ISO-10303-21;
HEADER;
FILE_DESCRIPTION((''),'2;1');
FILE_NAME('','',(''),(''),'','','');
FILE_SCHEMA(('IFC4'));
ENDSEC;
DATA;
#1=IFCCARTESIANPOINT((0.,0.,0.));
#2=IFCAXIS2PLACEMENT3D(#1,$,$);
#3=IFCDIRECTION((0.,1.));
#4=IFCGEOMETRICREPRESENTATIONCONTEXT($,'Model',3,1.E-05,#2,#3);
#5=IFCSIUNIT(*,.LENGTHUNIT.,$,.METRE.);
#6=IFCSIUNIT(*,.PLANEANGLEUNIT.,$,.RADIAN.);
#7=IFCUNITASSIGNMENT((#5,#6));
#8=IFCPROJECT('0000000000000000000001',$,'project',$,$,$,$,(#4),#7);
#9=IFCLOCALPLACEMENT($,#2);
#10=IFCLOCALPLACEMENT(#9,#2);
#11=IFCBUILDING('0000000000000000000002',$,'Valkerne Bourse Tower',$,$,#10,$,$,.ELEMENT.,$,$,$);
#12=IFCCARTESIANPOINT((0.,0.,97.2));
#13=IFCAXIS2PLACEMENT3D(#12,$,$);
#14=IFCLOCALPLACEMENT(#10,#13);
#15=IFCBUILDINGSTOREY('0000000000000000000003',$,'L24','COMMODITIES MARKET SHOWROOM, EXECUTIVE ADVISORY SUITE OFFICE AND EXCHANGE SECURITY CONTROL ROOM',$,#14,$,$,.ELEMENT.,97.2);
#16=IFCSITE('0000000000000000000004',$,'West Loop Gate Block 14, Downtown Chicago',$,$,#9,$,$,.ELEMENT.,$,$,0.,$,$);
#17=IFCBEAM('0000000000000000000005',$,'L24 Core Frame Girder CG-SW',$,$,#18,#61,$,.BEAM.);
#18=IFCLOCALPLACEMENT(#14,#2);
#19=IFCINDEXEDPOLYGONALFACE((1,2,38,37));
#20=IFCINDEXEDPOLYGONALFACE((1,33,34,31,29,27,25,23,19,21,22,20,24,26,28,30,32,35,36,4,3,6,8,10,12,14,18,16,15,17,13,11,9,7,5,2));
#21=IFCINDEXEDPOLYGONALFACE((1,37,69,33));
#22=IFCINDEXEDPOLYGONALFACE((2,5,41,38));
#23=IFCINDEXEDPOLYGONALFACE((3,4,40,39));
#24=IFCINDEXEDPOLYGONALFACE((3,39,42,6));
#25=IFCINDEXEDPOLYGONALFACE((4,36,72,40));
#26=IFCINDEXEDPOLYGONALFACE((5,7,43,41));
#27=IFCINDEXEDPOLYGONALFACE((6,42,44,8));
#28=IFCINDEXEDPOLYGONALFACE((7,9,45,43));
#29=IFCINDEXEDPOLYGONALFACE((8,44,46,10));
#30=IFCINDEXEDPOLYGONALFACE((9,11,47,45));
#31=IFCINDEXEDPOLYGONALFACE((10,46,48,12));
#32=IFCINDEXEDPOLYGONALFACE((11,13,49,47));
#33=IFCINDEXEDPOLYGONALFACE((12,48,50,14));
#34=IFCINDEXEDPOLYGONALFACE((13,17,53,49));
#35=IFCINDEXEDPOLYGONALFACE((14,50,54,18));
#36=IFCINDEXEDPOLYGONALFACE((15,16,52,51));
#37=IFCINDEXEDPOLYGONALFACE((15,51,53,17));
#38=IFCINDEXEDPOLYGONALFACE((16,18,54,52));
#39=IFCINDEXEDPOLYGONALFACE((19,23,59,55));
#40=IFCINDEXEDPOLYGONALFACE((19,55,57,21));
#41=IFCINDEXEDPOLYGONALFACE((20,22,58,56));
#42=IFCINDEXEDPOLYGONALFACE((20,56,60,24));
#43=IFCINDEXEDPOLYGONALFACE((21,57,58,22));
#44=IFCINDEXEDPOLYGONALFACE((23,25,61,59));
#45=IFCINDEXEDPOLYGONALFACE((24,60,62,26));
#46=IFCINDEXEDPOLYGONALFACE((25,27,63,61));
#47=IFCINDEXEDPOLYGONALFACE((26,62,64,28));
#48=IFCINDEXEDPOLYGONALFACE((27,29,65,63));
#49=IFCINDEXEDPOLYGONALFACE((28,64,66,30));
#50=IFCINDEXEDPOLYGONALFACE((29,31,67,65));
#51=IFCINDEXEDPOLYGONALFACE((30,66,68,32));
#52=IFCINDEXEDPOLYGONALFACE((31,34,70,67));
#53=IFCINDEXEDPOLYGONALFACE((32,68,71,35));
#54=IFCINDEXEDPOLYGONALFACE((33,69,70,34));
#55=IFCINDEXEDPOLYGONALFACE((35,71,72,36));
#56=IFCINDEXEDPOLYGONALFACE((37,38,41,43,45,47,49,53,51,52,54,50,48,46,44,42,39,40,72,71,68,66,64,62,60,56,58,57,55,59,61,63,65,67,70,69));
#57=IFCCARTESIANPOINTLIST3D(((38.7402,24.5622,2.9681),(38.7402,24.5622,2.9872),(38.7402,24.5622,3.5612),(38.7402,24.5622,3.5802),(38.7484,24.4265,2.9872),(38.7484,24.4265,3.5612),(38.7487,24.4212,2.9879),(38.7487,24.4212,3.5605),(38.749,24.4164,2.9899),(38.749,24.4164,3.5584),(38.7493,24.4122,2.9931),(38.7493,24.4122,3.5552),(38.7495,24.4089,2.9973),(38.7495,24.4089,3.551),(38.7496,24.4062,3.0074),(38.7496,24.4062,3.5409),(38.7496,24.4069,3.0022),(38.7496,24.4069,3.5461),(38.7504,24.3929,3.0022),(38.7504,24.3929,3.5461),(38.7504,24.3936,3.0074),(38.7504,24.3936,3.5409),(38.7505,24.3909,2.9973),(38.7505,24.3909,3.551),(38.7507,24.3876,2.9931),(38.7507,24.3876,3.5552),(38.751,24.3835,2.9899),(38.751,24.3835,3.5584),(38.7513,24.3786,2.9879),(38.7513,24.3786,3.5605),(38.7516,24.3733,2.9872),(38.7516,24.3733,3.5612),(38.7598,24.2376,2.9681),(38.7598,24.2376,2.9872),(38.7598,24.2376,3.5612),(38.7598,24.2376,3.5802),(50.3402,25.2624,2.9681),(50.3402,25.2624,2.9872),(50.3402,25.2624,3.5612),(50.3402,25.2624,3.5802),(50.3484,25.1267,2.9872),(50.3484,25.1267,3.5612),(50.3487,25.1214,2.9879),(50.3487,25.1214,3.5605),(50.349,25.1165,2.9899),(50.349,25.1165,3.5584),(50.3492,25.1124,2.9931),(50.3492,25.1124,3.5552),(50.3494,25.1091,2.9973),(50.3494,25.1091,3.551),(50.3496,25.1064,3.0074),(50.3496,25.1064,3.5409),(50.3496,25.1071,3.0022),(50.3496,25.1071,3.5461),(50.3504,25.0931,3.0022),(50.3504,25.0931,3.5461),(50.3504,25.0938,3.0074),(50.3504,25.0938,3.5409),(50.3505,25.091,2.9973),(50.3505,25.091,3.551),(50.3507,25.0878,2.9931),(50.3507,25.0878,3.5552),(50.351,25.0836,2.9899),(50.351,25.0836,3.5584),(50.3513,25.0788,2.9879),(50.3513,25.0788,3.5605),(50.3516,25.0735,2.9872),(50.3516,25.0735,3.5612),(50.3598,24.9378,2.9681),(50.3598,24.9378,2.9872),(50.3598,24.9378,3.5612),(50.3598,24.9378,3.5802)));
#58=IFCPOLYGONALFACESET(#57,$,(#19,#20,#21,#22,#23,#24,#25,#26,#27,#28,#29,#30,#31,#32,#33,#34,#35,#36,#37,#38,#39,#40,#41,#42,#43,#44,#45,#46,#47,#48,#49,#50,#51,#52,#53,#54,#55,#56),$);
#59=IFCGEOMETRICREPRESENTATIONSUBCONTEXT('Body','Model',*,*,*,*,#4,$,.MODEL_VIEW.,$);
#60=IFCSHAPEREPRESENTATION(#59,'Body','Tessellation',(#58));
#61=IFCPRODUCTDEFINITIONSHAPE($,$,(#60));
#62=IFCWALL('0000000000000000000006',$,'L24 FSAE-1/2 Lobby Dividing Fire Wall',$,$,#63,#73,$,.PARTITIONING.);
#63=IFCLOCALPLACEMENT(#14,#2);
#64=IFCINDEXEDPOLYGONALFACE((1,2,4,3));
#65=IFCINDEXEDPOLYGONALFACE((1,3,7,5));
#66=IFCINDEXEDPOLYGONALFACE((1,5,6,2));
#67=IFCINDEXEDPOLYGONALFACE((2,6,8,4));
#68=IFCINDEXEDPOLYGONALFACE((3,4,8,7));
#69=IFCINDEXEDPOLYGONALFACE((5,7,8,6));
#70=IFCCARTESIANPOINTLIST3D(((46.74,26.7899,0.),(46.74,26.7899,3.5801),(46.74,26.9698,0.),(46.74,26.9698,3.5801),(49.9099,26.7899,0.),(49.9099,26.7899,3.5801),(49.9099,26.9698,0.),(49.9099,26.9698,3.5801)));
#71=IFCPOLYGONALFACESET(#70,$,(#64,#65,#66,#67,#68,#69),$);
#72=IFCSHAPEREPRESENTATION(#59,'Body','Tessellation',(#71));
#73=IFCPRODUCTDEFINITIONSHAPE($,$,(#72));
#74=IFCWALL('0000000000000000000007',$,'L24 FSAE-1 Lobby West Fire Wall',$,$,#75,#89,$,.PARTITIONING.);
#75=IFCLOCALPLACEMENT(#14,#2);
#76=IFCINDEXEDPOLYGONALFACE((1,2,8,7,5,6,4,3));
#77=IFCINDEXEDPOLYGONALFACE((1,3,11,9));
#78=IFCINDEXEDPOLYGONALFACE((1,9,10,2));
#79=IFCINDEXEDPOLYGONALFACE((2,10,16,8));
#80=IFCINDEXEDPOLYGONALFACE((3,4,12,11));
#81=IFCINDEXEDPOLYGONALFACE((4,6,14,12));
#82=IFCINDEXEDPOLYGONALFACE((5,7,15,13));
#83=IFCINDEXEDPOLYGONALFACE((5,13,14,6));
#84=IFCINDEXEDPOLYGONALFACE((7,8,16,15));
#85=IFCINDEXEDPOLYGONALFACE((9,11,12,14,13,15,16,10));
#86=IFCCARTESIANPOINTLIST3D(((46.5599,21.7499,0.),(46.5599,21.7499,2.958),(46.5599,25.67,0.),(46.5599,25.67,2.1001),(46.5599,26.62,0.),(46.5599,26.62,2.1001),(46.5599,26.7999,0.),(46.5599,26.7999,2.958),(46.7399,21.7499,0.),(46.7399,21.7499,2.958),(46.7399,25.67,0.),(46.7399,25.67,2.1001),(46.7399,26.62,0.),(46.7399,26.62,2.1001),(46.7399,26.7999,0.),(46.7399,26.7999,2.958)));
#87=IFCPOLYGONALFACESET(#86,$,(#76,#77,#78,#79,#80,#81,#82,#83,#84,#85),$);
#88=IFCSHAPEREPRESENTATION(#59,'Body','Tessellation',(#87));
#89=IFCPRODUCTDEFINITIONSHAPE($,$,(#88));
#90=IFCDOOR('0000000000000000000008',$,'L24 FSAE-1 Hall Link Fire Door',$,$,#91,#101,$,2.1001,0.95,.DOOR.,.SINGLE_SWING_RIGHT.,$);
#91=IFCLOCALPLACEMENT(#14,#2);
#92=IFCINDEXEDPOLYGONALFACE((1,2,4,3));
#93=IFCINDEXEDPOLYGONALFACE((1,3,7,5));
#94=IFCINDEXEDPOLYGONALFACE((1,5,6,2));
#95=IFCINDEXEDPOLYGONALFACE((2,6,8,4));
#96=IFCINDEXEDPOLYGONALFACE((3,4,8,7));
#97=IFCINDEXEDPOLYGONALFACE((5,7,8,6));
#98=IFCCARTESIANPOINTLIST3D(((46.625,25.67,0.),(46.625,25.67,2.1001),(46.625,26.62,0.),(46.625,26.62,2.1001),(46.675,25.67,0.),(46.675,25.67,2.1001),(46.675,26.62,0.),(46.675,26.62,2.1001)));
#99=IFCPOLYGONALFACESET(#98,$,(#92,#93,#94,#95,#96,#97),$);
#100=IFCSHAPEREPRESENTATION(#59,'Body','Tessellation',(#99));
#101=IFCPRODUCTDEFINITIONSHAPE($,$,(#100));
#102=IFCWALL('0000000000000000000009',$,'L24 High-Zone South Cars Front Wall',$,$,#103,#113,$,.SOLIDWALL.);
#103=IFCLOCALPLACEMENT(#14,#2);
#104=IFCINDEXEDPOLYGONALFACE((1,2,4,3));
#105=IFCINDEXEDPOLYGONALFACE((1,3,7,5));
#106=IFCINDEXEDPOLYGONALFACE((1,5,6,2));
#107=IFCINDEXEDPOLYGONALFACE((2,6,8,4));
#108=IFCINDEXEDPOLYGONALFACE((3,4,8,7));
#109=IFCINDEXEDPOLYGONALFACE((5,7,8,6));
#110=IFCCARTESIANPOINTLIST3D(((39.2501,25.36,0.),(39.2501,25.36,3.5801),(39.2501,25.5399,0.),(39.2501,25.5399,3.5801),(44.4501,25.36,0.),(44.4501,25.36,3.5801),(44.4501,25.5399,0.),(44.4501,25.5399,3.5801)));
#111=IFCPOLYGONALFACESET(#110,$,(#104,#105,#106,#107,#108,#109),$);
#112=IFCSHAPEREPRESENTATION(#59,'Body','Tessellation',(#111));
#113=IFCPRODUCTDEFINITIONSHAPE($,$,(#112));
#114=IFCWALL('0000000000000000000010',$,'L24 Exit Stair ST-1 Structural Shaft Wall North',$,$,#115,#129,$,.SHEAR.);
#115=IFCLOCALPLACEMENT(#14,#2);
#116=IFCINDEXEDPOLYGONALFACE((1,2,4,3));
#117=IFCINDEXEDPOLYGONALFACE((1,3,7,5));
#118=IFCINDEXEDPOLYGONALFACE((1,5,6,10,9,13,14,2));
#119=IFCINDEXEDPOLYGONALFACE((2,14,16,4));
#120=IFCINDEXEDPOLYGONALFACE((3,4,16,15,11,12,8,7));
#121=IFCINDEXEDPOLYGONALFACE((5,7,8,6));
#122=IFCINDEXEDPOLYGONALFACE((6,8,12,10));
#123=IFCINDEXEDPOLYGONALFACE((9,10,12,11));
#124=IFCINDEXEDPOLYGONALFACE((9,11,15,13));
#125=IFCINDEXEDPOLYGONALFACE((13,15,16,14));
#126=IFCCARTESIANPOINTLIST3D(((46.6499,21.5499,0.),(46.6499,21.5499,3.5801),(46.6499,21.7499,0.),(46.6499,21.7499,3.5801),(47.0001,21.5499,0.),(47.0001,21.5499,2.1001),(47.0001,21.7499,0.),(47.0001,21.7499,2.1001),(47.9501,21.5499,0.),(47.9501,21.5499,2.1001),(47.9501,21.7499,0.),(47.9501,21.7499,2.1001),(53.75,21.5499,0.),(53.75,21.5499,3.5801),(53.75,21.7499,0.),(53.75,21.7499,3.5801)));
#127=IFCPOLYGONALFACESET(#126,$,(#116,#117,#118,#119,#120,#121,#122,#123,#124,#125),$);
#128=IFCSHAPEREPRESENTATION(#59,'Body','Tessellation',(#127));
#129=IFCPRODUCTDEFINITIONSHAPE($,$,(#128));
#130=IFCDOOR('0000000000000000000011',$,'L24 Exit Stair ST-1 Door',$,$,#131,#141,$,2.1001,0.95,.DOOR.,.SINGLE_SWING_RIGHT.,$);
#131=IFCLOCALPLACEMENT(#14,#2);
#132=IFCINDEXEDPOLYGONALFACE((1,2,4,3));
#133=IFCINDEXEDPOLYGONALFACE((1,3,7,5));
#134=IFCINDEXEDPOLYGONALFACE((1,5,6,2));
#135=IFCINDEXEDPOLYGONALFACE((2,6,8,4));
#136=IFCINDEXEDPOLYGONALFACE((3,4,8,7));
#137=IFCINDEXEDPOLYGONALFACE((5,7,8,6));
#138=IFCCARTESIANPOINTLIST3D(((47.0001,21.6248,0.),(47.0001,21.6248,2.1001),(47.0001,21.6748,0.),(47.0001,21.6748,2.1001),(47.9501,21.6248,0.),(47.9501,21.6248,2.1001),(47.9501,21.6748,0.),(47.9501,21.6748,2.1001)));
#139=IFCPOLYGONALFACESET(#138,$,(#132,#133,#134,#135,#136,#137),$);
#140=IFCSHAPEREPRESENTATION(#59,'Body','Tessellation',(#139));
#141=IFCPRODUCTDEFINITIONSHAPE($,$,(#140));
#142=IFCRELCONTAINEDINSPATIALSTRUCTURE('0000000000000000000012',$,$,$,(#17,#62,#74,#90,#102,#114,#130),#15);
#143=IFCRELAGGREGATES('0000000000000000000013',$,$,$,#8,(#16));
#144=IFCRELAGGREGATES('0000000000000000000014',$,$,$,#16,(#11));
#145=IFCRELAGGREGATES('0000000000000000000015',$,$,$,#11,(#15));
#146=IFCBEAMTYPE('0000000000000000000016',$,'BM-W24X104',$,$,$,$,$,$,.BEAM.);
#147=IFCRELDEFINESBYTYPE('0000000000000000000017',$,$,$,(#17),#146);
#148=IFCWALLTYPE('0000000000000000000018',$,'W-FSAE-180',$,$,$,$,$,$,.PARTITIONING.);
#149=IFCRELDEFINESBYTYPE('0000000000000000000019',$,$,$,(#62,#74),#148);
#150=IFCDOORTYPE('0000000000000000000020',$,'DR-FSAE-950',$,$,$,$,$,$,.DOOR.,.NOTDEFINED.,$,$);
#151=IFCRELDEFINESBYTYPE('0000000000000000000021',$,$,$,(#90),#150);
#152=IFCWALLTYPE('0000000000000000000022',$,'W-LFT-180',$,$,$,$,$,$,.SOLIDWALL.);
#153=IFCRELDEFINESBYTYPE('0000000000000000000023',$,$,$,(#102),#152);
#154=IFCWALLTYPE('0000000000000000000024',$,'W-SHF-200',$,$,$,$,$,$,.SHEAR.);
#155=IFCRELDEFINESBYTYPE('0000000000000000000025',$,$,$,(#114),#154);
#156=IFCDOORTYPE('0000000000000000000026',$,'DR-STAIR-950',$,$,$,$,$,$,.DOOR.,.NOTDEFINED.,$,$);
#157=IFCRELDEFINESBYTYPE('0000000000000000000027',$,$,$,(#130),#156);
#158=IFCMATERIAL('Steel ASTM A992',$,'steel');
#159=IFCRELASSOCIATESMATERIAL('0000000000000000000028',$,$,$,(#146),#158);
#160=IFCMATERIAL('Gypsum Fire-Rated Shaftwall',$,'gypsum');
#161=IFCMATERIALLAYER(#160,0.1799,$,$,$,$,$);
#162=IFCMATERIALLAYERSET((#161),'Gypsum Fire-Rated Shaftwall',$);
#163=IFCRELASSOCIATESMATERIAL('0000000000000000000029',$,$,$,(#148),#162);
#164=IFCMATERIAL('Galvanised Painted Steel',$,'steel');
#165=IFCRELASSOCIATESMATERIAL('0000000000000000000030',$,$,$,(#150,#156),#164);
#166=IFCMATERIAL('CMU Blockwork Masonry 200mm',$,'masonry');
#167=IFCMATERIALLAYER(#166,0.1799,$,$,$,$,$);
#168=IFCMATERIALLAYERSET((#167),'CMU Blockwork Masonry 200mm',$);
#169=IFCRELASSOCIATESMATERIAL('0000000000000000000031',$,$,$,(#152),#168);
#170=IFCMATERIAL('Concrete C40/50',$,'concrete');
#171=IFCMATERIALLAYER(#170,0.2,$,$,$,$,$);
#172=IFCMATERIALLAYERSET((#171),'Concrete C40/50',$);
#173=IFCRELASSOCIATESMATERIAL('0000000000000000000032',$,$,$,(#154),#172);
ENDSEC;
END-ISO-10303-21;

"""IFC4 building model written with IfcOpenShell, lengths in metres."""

from ifc_helpers import new_model, si_unit, direction, frame, frame_2d, origin, origin_2d, place, context, subcontext, project, spatial, rectangle, i_section, extrude, material, layer, layer_set, material_profile, profile_set, type_object, element, fill, save


model = new_model("IFC4")

# Units and contexts
model_context = context("Model", 3, precision=1e-05, world=origin(), true_north=direction((0.0, 1.0)))
body_context = subcontext(model_context, "Body", "Model", "MODEL_VIEW")
ifc_project = project(units=[si_unit("LENGTHUNIT", "METRE"), si_unit("PLANEANGLEUNIT", "RADIAN")], contexts=[model_context])

# Site, building, storey
site_placement = place(None, origin())
site = spatial("IfcSite", under=ifc_project, at=site_placement, Name="West Loop Gate Block 14, Downtown Chicago", CompositionType="ELEMENT", RefElevation=0.0)
building_placement = place(site_placement, origin())
building = spatial("IfcBuilding", under=site, at=building_placement, Name="Valkerne Bourse Tower", CompositionType="ELEMENT")
storey_placement = place(building_placement, frame((0.0, 0.0, 97.2)))
storey = spatial("IfcBuildingStorey", under=building, at=storey_placement, Name="L24", Description="COMMODITIES MARKET SHOWROOM, EXECUTIVE ADVISORY SUITE OFFICE AND EXCHANGE SECURITY CONTROL ROOM", CompositionType="ELEMENT", Elevation=97.2)

# Beam
ifc_material_1 = material(Name="Steel ASTM A992", Category="steel")
ifc_material_profile = material_profile(ifc_material_1, i_section(OverallWidth=0.3252, OverallDepth=0.6121, WebThickness=0.0127, FlangeThickness=0.019, FilletRadius=0.0203, at=origin_2d()), Name="W24X104")
ifc_profile_set = profile_set([ifc_material_profile], Name="Steel ASTM A992")
beam_type = type_object("IfcBeamType", Name="BM-W24X104", PredefinedType="BEAM", material=ifc_profile_set)
beam_placement = place(storey_placement, frame((38.75, 24.3999, 3.2742), z_axis=(0.998183, 0.060251, 0.0), x_axis=(-0.060251, 0.998183, 0.0)))
element("IfcBeam", 1, at=beam_placement, inside=storey, type_object=beam_type, Name="L24 Core Frame Girder CG-SW", PredefinedType="BEAM", context=body_context, shape_type="SweptSolid", body=[
    extrude(i_section(OverallWidth=0.3252, OverallDepth=0.6121, WebThickness=0.0127, FlangeThickness=0.019, FilletRadius=0.0203, at=origin_2d()), origin(), (0.0, 0.0, 1.0), 11.6211),
])

# Wall
ifc_material_2 = material(Name="Gypsum Fire-Rated Shaftwall", Category="gypsum")
ifc_layer_1 = layer(ifc_material_2, 0.1799)
ifc_layer_set_1 = layer_set([ifc_layer_1], Name="Gypsum Fire-Rated Shaftwall")
wall_type_1 = type_object("IfcWallType", Name="W-FSAE-180", PredefinedType="PARTITIONING", material=ifc_layer_set_1)
wall_1_placement = place(storey_placement, frame((46.74, 26.8799, 0.0), z_axis=(0.0, 0.0, 1.0), x_axis=(1.0, 0.0, 0.0)))
element("IfcWall", 2, at=wall_1_placement, inside=storey, type_object=wall_type_1, Name="L24 FSAE-1/2 Lobby Dividing Fire Wall", PredefinedType="PARTITIONING", context=body_context, shape_type="SweptSolid", body=[
    extrude(rectangle(XDim=3.1699, YDim=0.1799, at=frame_2d((1.585, 0.0))), origin(), (0.0, 0.0, 1.0), 3.5801),
])

# Wall, opening, door
wall_2_placement = place(storey_placement, frame((46.6499, 21.75, 0.0), z_axis=(0.0, 0.0, 1.0), x_axis=(0.0, 1.0, 0.0)))
wall_2 = element("IfcWall", 3, at=wall_2_placement, inside=storey, type_object=wall_type_1, Name="L24 FSAE-1 Lobby West Fire Wall", PredefinedType="PARTITIONING", context=body_context, shape_type="SweptSolid", body=[
    extrude(rectangle(XDim=5.05, YDim=0.1799, at=frame_2d((2.5249, 0.0))), origin(), (0.0, 0.0, 1.0), 2.958),
])
opening_1_placement = place(wall_2_placement, frame((3.9199, 0.0, 0.0)))
opening_1 = element("IfcOpeningElement", 4, at=opening_1_placement, cuts=wall_2, PredefinedType="OPENING", context=body_context, shape_type="SweptSolid", body=[
    extrude(rectangle(XDim=0.95, YDim=2.1001, at=frame_2d((0.4751, 1.05))), frame((0.0, 0.0999, 0.0), z_axis=(0.0, -1.0, 0.0), x_axis=(1.0, 0.0, 0.0)), (0.0, 0.0, 1.0), 0.2),
])
ifc_material_3 = material(Name="Galvanised Painted Steel", Category="steel")
door_type_1 = type_object("IfcDoorType", Name="DR-FSAE-950", OperationType="NOTDEFINED", PredefinedType="DOOR", material=ifc_material_3)
door_1_placement = place(opening_1_placement, origin())
door_1 = element("IfcDoor", 5, at=door_1_placement, inside=storey, type_object=door_type_1, Name="L24 FSAE-1 Hall Link Fire Door", OperationType="SINGLE_SWING_RIGHT", OverallHeight=2.1001, OverallWidth=0.95, PredefinedType="DOOR", context=body_context, shape_type="SweptSolid", body=[
    extrude(rectangle(XDim=0.95, YDim=2.1001, at=frame_2d((0.4751, 1.05))), frame((0.0, 0.0249, 0.0), z_axis=(0.0, -1.0, 0.0), x_axis=(1.0, 0.0, 0.0)), (0.0, 0.0, 1.0), 0.05),
])
fill(opening_1, door_1)

# Shared definitions
ifc_material_4 = material(Name="CMU Blockwork Masonry 200mm", Category="masonry")
ifc_layer_2 = layer(ifc_material_4, 0.1799)
ifc_layer_set_2 = layer_set([ifc_layer_2], Name="CMU Blockwork Masonry 200mm")
wall_type_2 = type_object("IfcWallType", Name="W-LFT-180", PredefinedType="SOLIDWALL", material=ifc_layer_set_2)

# Wall
wall_3_placement = place(storey_placement, frame((39.25, 25.45, 0.0), z_axis=(0.0, 0.0, 1.0), x_axis=(1.0, 0.0, 0.0)))
element("IfcWall", 6, at=wall_3_placement, inside=storey, type_object=wall_type_2, Name="L24 High-Zone South Cars Front Wall", PredefinedType="SOLIDWALL", context=body_context, shape_type="SweptSolid", body=[
    extrude(rectangle(XDim=5.2, YDim=0.1799, at=frame_2d((2.6001, 0.0))), origin(), (0.0, 0.0, 1.0), 3.5801),
])

# Wall, opening, door
ifc_material_5 = material(Name="Concrete C40/50", Category="concrete")
ifc_layer_3 = layer(ifc_material_5, 0.2)
ifc_layer_set_3 = layer_set([ifc_layer_3], Name="Concrete C40/50")
wall_type_3 = type_object("IfcWallType", Name="W-SHF-200", PredefinedType="SHEAR", material=ifc_layer_set_3)
wall_4_placement = place(storey_placement, frame((46.6499, 21.6499, 0.0), z_axis=(0.0, 0.0, 1.0), x_axis=(1.0, 0.0, 0.0)))
wall_4 = element("IfcWall", 7, at=wall_4_placement, inside=storey, type_object=wall_type_3, Name="L24 Exit Stair ST-1 Structural Shaft Wall North", PredefinedType="SHEAR", context=body_context, shape_type="SweptSolid", body=[
    extrude(rectangle(XDim=7.1001, YDim=0.2, at=frame_2d((3.55, 0.0))), origin(), (0.0, 0.0, 1.0), 3.5801),
])
opening_2_placement = place(wall_4_placement, frame((0.3501, 0.0, 0.0)))
opening_2 = element("IfcOpeningElement", 8, at=opening_2_placement, cuts=wall_4, PredefinedType="OPENING", context=body_context, shape_type="SweptSolid", body=[
    extrude(rectangle(XDim=0.95, YDim=2.1001, at=frame_2d((0.4751, 1.05))), frame((0.0, 0.1099, 0.0), z_axis=(0.0, -1.0, 0.0), x_axis=(1.0, 0.0, 0.0)), (0.0, 0.0, 1.0), 0.22),
])
door_type_2 = type_object("IfcDoorType", Name="DR-STAIR-950", OperationType="NOTDEFINED", PredefinedType="DOOR", material=ifc_material_3)
door_2_placement = place(opening_2_placement, origin())
door_2 = element("IfcDoor", 9, at=door_2_placement, inside=storey, type_object=door_type_2, Name="L24 Exit Stair ST-1 Door", OperationType="SINGLE_SWING_RIGHT", OverallHeight=2.1001, OverallWidth=0.95, PredefinedType="DOOR", context=body_context, shape_type="SweptSolid", body=[
    extrude(rectangle(XDim=0.95, YDim=2.1001, at=frame_2d((0.4751, 1.05))), frame((0.0, 0.0249, 0.0), z_axis=(0.0, -1.0, 0.0), x_axis=(1.0, 0.0, 0.0)), (0.0, 0.0, 1.0), 0.05),
])
fill(opening_2, door_2)

save(model, "model.ifc")
